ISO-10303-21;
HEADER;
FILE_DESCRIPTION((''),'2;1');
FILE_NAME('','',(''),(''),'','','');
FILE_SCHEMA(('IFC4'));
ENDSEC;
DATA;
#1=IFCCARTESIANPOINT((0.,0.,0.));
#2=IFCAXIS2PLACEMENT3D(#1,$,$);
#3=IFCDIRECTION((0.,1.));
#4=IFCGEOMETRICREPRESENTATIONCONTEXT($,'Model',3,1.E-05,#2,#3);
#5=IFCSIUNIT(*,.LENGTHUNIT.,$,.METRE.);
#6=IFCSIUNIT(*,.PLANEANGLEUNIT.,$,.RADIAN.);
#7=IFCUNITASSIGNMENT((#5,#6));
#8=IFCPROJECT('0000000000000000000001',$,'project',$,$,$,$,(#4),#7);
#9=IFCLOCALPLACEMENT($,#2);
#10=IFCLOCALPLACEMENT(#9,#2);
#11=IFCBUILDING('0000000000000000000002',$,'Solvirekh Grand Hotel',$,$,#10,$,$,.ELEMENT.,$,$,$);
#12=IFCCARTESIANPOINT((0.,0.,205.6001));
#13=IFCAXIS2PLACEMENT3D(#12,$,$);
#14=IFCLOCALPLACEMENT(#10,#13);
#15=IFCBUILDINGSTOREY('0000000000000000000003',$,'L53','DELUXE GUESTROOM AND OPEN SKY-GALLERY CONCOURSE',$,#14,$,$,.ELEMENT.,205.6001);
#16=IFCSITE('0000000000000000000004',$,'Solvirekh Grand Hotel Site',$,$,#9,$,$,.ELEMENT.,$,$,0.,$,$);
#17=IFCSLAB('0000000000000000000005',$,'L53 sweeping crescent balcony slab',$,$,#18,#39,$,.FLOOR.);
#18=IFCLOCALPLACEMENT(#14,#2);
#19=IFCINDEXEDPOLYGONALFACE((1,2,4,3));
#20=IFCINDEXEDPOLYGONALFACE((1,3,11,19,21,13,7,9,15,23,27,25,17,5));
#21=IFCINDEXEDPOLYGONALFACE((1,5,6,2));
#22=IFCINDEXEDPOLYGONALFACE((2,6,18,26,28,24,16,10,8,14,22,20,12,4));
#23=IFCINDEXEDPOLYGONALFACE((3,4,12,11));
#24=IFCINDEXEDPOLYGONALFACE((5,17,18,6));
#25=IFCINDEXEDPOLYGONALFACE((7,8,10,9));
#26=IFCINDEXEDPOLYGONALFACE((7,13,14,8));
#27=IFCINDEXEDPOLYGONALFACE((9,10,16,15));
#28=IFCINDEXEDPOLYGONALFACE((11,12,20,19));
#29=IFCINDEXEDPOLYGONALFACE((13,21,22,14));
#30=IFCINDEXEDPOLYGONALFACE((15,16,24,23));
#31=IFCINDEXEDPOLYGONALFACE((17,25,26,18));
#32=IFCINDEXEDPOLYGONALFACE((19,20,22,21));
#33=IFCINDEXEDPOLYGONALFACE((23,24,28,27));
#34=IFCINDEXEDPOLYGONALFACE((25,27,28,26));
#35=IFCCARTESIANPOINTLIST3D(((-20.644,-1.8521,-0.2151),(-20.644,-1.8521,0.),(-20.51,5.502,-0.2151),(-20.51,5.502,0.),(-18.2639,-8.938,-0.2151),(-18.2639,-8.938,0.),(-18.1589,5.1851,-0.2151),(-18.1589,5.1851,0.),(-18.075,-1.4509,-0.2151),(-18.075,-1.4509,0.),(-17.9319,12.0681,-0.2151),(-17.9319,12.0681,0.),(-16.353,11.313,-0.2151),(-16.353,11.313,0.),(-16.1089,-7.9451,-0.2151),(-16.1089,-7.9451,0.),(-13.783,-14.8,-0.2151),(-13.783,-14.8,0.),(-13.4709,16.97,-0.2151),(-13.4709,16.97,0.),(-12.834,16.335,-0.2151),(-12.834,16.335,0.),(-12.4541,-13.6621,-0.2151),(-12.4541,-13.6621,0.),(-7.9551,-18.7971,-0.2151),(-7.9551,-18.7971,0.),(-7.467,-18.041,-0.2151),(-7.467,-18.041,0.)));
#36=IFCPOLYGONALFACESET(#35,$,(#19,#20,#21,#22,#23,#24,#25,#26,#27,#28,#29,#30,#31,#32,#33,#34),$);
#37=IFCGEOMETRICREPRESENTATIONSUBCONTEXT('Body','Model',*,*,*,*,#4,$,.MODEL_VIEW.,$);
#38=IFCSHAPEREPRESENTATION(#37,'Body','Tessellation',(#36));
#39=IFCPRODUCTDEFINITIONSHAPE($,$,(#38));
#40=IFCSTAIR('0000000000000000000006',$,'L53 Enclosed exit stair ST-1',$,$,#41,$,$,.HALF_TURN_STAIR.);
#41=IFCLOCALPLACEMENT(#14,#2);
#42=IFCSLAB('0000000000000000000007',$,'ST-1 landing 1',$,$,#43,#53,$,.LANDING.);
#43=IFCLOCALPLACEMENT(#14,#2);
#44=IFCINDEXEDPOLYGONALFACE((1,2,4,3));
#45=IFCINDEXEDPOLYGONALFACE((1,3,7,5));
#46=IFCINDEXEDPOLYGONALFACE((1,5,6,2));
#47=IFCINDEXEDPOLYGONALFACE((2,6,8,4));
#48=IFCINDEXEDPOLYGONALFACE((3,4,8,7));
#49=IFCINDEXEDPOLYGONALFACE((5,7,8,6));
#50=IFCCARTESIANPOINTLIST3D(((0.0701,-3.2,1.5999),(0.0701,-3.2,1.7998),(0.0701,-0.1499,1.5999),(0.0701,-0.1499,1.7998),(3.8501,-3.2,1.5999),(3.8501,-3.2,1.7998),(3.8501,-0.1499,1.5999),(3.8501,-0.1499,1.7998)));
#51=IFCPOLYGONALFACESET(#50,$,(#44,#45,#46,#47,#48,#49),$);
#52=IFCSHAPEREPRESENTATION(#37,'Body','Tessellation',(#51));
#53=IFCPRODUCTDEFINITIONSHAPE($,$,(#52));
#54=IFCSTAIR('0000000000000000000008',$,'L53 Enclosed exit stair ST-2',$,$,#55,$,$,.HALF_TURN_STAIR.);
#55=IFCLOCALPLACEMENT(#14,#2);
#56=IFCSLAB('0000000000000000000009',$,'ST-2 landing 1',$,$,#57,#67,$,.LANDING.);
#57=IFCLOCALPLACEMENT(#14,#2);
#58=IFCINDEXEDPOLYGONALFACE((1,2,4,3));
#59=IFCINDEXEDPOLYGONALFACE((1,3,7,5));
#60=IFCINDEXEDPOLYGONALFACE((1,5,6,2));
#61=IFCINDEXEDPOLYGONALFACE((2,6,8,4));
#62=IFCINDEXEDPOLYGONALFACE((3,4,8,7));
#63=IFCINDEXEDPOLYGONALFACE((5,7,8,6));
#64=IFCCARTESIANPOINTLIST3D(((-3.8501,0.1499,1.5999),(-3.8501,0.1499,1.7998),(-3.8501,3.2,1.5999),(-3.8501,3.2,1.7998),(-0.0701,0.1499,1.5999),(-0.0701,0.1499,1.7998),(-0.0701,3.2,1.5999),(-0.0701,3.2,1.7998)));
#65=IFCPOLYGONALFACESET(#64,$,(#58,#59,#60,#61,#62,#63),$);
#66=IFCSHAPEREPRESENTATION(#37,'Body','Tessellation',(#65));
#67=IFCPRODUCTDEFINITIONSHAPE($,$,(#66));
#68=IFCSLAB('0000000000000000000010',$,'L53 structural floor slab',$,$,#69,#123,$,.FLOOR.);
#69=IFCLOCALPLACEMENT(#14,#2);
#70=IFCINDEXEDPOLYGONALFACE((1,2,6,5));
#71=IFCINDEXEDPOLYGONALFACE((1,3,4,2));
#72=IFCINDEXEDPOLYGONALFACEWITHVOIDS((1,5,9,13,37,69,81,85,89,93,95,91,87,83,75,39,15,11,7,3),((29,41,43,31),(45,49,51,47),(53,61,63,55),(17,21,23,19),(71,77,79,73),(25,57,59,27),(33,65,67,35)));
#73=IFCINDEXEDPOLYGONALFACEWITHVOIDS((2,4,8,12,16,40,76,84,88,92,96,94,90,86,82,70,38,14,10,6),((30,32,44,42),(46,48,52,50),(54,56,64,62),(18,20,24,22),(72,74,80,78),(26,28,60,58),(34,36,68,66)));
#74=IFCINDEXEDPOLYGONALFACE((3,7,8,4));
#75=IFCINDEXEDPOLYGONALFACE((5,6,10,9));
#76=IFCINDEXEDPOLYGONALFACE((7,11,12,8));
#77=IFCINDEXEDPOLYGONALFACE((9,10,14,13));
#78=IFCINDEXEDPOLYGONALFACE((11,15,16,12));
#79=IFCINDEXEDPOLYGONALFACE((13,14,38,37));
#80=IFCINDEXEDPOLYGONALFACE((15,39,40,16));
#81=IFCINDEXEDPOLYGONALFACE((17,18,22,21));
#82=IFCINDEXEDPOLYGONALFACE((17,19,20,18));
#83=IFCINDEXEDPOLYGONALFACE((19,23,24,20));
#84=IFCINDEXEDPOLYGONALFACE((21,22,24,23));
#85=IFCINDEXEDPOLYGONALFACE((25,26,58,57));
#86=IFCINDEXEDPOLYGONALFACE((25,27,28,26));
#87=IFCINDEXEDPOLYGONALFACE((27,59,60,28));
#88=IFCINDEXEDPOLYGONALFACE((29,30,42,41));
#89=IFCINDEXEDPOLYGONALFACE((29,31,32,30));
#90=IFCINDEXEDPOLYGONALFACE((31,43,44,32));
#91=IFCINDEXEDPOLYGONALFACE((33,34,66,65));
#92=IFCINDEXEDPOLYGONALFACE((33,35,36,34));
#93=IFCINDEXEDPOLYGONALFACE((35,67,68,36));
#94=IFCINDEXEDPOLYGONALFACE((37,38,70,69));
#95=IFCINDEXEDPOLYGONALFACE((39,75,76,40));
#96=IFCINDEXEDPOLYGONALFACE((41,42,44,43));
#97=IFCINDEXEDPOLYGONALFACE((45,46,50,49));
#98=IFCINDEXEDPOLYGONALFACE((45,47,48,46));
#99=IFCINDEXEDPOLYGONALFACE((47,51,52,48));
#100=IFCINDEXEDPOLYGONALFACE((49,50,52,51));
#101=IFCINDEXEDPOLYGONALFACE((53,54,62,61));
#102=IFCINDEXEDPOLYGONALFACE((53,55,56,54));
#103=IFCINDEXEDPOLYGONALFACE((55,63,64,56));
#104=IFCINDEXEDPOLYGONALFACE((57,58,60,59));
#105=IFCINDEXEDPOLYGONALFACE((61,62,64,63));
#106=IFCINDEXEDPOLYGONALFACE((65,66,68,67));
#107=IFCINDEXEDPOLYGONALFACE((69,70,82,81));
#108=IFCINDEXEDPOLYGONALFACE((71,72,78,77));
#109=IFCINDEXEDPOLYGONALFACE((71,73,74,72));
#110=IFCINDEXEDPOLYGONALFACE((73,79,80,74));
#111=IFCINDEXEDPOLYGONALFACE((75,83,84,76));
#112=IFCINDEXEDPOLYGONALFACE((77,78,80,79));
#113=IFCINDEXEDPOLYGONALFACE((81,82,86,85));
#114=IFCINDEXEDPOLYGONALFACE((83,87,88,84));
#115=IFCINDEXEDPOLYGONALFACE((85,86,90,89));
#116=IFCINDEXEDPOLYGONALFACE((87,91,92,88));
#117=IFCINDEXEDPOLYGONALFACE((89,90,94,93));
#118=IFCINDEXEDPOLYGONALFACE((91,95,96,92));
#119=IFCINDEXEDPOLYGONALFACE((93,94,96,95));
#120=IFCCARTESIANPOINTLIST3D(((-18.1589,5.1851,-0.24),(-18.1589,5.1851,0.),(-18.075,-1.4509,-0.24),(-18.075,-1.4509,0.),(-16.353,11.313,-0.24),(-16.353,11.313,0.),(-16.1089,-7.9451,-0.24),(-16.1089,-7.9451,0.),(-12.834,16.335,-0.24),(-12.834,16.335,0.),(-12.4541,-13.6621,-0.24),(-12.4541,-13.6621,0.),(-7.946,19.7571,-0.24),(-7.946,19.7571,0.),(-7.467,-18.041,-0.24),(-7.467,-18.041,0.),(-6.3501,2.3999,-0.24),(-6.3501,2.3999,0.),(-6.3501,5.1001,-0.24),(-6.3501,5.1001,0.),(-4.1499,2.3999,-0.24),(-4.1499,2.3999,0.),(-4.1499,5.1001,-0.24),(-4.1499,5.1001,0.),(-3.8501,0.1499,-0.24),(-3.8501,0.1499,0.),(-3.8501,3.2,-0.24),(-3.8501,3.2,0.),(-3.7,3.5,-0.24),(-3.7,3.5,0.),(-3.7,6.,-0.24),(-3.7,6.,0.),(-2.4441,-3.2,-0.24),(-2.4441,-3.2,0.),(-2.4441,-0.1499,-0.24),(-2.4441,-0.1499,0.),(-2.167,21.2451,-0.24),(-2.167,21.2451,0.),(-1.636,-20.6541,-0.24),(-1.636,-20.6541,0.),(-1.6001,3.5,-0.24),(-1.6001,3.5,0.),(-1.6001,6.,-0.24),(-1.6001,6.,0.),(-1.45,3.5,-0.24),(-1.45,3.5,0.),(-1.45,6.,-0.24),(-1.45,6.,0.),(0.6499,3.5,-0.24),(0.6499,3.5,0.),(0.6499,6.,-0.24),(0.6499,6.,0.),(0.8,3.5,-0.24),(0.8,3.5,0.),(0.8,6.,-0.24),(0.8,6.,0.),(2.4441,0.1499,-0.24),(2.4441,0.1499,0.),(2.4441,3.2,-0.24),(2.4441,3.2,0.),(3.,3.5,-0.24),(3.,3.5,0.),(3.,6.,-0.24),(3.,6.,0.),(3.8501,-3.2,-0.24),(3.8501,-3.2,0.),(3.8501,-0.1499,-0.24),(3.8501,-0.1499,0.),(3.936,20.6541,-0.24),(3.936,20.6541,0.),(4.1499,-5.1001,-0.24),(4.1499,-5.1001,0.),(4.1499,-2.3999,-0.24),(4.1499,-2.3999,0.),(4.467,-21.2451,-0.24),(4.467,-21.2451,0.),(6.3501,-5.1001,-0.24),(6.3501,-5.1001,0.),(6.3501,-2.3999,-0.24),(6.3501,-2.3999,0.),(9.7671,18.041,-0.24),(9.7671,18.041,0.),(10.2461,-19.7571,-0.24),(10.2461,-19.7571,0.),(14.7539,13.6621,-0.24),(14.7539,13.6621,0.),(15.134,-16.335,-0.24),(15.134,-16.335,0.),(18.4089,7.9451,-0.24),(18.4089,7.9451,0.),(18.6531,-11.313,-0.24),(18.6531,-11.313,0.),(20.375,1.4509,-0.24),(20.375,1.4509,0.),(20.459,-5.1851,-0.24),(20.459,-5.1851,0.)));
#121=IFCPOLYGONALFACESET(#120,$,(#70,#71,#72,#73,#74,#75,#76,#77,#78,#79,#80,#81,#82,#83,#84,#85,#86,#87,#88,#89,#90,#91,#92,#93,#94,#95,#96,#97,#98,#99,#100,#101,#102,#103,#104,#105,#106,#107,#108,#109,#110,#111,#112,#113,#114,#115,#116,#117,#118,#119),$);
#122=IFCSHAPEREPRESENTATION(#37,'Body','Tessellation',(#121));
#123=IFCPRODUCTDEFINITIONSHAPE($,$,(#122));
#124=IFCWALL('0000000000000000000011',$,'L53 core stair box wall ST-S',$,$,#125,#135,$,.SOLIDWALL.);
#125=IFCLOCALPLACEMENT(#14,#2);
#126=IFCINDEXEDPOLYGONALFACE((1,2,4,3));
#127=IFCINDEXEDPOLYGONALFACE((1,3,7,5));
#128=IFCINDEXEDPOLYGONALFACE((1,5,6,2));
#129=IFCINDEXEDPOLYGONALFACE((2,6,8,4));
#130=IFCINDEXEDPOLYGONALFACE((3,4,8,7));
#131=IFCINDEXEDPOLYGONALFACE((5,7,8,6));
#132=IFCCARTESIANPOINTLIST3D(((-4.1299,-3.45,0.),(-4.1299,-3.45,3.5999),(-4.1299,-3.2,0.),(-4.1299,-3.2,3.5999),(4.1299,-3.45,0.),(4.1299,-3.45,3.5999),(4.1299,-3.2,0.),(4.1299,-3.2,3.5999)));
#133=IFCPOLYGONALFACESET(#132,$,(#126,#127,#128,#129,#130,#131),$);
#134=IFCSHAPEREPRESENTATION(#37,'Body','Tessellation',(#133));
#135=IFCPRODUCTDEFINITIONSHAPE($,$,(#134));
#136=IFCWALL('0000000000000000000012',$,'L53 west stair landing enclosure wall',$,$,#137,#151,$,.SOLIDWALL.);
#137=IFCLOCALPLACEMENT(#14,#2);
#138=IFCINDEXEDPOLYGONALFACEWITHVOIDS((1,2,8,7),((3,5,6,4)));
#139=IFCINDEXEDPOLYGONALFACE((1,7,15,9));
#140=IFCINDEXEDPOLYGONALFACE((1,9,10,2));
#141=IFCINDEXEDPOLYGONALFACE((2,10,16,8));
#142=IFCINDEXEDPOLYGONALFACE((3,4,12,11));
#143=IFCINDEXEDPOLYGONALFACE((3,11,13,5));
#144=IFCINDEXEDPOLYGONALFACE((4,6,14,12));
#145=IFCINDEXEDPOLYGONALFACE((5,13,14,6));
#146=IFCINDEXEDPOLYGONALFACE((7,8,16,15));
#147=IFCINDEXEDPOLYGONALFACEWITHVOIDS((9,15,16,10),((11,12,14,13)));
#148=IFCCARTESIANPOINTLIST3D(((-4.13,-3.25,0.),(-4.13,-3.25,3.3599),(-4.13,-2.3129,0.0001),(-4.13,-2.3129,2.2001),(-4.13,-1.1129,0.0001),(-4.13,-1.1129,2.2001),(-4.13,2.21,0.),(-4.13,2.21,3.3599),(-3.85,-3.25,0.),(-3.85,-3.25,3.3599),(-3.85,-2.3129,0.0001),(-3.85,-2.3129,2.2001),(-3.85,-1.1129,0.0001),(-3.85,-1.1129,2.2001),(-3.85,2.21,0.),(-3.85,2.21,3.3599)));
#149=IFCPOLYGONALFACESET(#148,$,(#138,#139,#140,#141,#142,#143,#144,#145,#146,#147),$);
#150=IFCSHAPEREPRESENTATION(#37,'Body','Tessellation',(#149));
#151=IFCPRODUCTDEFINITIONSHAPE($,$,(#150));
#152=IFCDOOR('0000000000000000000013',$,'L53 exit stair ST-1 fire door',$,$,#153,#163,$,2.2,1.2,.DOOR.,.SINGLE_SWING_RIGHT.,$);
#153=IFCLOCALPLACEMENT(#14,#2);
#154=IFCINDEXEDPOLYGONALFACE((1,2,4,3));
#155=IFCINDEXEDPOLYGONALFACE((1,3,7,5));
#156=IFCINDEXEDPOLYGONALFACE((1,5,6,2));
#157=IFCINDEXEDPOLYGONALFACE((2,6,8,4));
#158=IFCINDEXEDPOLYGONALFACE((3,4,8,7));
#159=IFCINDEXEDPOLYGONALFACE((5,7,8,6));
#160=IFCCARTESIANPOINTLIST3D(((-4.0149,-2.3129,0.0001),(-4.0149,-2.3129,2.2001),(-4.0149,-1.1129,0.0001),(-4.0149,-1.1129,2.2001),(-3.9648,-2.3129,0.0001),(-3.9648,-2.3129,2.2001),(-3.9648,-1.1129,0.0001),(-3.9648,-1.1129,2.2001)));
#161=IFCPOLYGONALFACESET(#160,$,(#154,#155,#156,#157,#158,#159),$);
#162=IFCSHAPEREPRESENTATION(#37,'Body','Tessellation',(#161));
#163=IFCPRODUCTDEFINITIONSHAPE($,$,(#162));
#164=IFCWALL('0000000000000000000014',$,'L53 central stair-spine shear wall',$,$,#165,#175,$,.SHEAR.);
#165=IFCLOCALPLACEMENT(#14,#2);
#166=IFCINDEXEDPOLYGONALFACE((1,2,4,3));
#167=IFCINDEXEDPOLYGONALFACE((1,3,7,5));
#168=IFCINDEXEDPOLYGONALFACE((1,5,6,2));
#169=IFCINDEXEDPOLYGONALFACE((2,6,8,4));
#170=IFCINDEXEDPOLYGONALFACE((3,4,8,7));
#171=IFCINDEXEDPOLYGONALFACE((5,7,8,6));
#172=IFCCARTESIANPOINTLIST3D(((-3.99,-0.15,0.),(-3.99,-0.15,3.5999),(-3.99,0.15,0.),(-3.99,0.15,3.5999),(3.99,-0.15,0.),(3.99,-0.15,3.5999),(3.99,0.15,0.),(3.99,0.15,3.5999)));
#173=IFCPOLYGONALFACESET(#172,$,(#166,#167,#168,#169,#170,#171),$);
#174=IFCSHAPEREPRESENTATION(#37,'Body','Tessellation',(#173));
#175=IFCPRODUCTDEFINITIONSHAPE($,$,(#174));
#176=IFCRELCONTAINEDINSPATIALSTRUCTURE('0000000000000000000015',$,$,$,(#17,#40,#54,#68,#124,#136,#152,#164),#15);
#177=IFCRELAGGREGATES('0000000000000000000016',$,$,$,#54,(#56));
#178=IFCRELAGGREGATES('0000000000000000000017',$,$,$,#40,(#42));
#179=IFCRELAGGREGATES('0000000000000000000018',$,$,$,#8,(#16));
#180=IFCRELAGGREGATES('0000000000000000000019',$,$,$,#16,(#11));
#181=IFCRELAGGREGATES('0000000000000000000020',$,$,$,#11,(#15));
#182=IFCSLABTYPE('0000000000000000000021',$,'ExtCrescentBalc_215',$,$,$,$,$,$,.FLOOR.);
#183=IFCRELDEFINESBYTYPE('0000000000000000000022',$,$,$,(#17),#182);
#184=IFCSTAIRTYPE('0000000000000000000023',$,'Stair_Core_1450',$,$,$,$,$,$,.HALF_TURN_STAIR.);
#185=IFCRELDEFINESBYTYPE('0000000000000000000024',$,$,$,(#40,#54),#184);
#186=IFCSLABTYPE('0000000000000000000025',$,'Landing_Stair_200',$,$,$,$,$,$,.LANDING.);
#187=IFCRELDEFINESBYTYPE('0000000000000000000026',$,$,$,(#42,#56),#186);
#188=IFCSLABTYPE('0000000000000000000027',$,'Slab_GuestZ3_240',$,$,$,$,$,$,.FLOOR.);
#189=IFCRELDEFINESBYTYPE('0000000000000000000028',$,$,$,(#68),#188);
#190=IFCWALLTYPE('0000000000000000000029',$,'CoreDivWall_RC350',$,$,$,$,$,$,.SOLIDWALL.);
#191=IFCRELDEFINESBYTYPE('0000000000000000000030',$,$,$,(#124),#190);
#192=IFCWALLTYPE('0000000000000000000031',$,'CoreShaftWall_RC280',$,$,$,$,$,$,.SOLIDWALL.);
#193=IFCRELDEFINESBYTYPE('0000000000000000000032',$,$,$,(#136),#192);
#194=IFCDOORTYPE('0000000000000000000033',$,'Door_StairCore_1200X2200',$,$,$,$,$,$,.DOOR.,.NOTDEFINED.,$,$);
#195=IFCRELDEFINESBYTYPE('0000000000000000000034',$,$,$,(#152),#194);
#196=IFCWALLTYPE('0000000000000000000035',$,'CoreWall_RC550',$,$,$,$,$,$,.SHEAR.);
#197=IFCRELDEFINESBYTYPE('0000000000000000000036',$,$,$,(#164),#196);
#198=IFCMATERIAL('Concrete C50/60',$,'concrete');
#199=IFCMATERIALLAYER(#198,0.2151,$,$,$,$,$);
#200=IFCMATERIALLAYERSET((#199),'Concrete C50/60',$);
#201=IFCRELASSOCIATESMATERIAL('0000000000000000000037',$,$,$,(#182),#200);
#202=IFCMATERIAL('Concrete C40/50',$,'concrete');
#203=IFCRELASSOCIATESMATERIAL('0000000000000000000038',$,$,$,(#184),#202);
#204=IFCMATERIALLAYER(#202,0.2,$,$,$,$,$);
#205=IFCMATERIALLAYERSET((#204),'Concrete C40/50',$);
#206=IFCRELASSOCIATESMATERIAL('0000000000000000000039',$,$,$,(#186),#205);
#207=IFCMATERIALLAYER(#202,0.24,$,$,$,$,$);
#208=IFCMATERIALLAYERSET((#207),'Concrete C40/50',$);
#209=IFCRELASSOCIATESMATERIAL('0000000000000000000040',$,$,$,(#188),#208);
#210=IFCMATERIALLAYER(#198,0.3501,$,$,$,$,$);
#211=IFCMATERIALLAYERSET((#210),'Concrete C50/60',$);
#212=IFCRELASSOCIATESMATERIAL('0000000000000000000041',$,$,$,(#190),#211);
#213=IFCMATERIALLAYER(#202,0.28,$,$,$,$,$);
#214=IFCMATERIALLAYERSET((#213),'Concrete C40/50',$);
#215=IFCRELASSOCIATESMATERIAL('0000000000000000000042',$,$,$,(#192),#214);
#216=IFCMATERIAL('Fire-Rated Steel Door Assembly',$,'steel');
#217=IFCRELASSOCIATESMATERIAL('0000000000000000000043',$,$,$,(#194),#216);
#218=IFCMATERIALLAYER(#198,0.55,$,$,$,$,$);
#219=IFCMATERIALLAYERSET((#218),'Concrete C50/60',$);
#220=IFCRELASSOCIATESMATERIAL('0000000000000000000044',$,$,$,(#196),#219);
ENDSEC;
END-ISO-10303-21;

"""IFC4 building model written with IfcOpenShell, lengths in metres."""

from ifc_helpers import new_model, si_unit, direction, frame, frame_2d, origin, place, context, subcontext, project, spatial, polyline, rectangle, outline, extrude, material, layer, layer_set, type_object, element, fill, aggregate, save


model = new_model("IFC4")

# Units and contexts
model_context = context("Model", 3, precision=1e-05, world=origin(), true_north=direction((0.0, 1.0)))
body_context = subcontext(model_context, "Body", "Model", "MODEL_VIEW")
ifc_project = project(units=[si_unit("LENGTHUNIT", "METRE"), si_unit("PLANEANGLEUNIT", "RADIAN")], contexts=[model_context])

# Site, building, storey
site_placement = place(None, origin())
site = spatial("IfcSite", under=ifc_project, at=site_placement, Name="Solvirekh Grand Hotel Site", CompositionType="ELEMENT", RefElevation=0.0)
building_placement = place(site_placement, origin())
building = spatial("IfcBuilding", under=site, at=building_placement, Name="Solvirekh Grand Hotel", CompositionType="ELEMENT")
storey_placement = place(building_placement, frame((0.0, 0.0, 205.6001)))
storey = spatial("IfcBuildingStorey", under=building, at=storey_placement, Name="L53", Description="DELUXE GUESTROOM AND OPEN SKY-GALLERY CONCOURSE", CompositionType="ELEMENT", Elevation=205.6001)

# Slab
ifc_material_1 = material(Name="Concrete C50/60", Category="concrete")
ifc_layer_1 = layer(ifc_material_1, 0.2151)
ifc_layer_set_1 = layer_set([ifc_layer_1], Name="Concrete C50/60")
slab_type_1 = type_object("IfcSlabType", Name="ExtCrescentBalc_215", PredefinedType="FLOOR", material=ifc_layer_set_1)
slab_1_placement = place(storey_placement, frame((0.0, 0.0, -0.2151)))
element("IfcSlab", 1, at=slab_1_placement, inside=storey, type_object=slab_type_1, Name="L53 sweeping crescent balcony slab", PredefinedType="FLOOR", context=body_context, shape_type="SweptSolid", body=[
    extrude(outline(polyline([(-13.4709, 16.97), (-17.9319, 12.0681), (-20.51, 5.502), (-20.644, -1.8521), (-18.2639, -8.938), (-13.783, -14.8), (-7.9551, -18.7971), (-7.467, -18.041), (-12.4541, -13.6621), (-16.1089, -7.9451), (-18.075, -1.4509), (-18.1589, 5.1851), (-16.353, 11.313), (-12.834, 16.335), (-13.4709, 16.97)])), origin(), (0.0, 0.0, 1.0), 0.2151),
])

# Stairs, slabs
ifc_material_2 = material(Name="Concrete C40/50", Category="concrete")
stair_type = type_object("IfcStairType", Name="Stair_Core_1450", PredefinedType="HALF_TURN_STAIR", material=ifc_material_2)
stair_1_placement = place(storey_placement, origin())
stair_1 = element("IfcStair", 2, at=stair_1_placement, inside=storey, type_object=stair_type, Name="L53 Enclosed exit stair ST-1", PredefinedType="HALF_TURN_STAIR")
ifc_layer_2 = layer(ifc_material_2, 0.2)
ifc_layer_set_2 = layer_set([ifc_layer_2], Name="Concrete C40/50")
slab_type_2 = type_object("IfcSlabType", Name="Landing_Stair_200", PredefinedType="LANDING", material=ifc_layer_set_2)
slab_2_placement = place(storey_placement, frame((0.0, 0.0, 1.5999)))
slab_2 = element("IfcSlab", 3, at=slab_2_placement, type_object=slab_type_2, Name="ST-1 landing 1", PredefinedType="LANDING", context=body_context, shape_type="SweptSolid", body=[
    extrude(outline(polyline([(0.0701, -3.2), (3.8501, -3.2), (3.8501, -0.1499), (0.0701, -0.1499), (0.0701, -3.2)])), origin(), (0.0, 0.0, 1.0), 0.2),
])
stair_2_placement = place(storey_placement, origin())
stair_2 = element("IfcStair", 4, at=stair_2_placement, inside=storey, type_object=stair_type, Name="L53 Enclosed exit stair ST-2", PredefinedType="HALF_TURN_STAIR")
slab_3_placement = place(storey_placement, frame((0.0, 0.0, 1.5999)))
slab_3 = element("IfcSlab", 5, at=slab_3_placement, type_object=slab_type_2, Name="ST-2 landing 1", PredefinedType="LANDING", context=body_context, shape_type="SweptSolid", body=[
    extrude(outline(polyline([(-0.0701, 3.2), (-3.8501, 3.2), (-3.8501, 0.1499), (-0.0701, 0.1499), (-0.0701, 3.2)])), origin(), (0.0, 0.0, 1.0), 0.2),
])
aggregate(stair_2, [slab_3])

# Slab
ifc_layer_3 = layer(ifc_material_2, 0.24)
ifc_layer_set_3 = layer_set([ifc_layer_3], Name="Concrete C40/50")
slab_type_3 = type_object("IfcSlabType", Name="Slab_GuestZ3_240", PredefinedType="FLOOR", material=ifc_layer_set_3)
slab_4_placement = place(storey_placement, frame((0.0, 0.0, -0.24)))
element("IfcSlab", 6, at=slab_4_placement, inside=storey, type_object=slab_type_3, Name="L53 structural floor slab", PredefinedType="FLOOR", context=body_context, shape_type="SweptSolid", body=[
    extrude(outline(polyline([(10.2461, -19.7571), (15.134, -16.335), (18.6531, -11.313), (20.459, -5.1851), (20.375, 1.4509), (18.4089, 7.9451), (14.7539, 13.6621), (9.7671, 18.041), (3.936, 20.6541), (-2.167, 21.2451), (-7.946, 19.7571), (-12.834, 16.335), (-16.353, 11.313), (-18.1589, 5.1851), (-18.075, -1.4509), (-16.1089, -7.9451), (-12.4541, -13.6621), (-7.467, -18.041), (-1.636, -20.6541), (4.467, -21.2451), (10.2461, -19.7571)]), holes=[polyline([(-2.4441, -0.1499), (3.8501, -0.1499), (3.8501, -3.2), (-2.4441, -3.2), (-2.4441, -0.1499)]), polyline([(2.4441, 0.1499), (-3.8501, 0.1499), (-3.8501, 3.2), (2.4441, 3.2), (2.4441, 0.1499)]), polyline([(-3.7, 6.0), (-1.6001, 6.0), (-1.6001, 3.5), (-3.7, 3.5), (-3.7, 6.0)]), polyline([(-1.45, 6.0), (0.6499, 6.0), (0.6499, 3.5), (-1.45, 3.5), (-1.45, 6.0)]), polyline([(0.8, 6.0), (3.0, 6.0), (3.0, 3.5), (0.8, 3.5), (0.8, 6.0)]), polyline([(-6.3501, 5.1001), (-4.1499, 5.1001), (-4.1499, 2.3999), (-6.3501, 2.3999), (-6.3501, 5.1001)]), polyline([(4.1499, -2.3999), (6.3501, -2.3999), (6.3501, -5.1001), (4.1499, -5.1001), (4.1499, -2.3999)])]), origin(), (0.0, 0.0, 1.0), 0.24),
])

# Wall
ifc_layer_4 = layer(ifc_material_1, 0.3501)
ifc_layer_set_4 = layer_set([ifc_layer_4], Name="Concrete C50/60")
wall_type_1 = type_object("IfcWallType", Name="CoreDivWall_RC350", PredefinedType="SOLIDWALL", material=ifc_layer_set_4)
wall_1_placement = place(storey_placement, frame((-4.1299, -3.325, 0.0), z_axis=(0.0, 0.0, 1.0), x_axis=(1.0, 0.0, 0.0)))
element("IfcWall", 7, at=wall_1_placement, inside=storey, type_object=wall_type_1, Name="L53 core stair box wall ST-S", PredefinedType="SOLIDWALL", context=body_context, shape_type="SweptSolid", body=[
    extrude(rectangle(XDim=8.2598, YDim=0.25, at=frame_2d((4.1299, 0.0))), origin(), (0.0, 0.0, 1.0), 3.5999),
])

# Wall, opening, door
ifc_layer_5 = layer(ifc_material_2, 0.28)
ifc_layer_set_5 = layer_set([ifc_layer_5], Name="Concrete C40/50")
wall_type_2 = type_object("IfcWallType", Name="CoreShaftWall_RC280", PredefinedType="SOLIDWALL", material=ifc_layer_set_5)
wall_2_placement = place(storey_placement, frame((-3.99, -3.25, 0.0), z_axis=(0.0, 0.0, 1.0), x_axis=(0.0, 1.0, 0.0)))
wall_2 = element("IfcWall", 8, at=wall_2_placement, inside=storey, type_object=wall_type_2, Name="L53 west stair landing enclosure wall", PredefinedType="SOLIDWALL", context=body_context, shape_type="SweptSolid", body=[
    extrude(rectangle(XDim=5.46, YDim=0.28, at=frame_2d((2.73, 0.0))), origin(), (0.0, 0.0, 1.0), 3.3599),
])
opening_placement = place(wall_2_placement, frame((0.937, 0.0, 0.0)))
opening = element("IfcOpeningElement", 9, at=opening_placement, cuts=wall_2, PredefinedType="OPENING", context=body_context, shape_type="SweptSolid", body=[
    extrude(rectangle(XDim=1.2, YDim=2.2, at=frame_2d((0.6001, 1.1001))), frame((0.0, 0.1499, 0.0), z_axis=(0.0, -1.0, 0.0), x_axis=(1.0, 0.0, 0.0)), (0.0, 0.0, 1.0), 0.3),
])
ifc_material_3 = material(Name="Fire-Rated Steel Door Assembly", Category="steel")
door_type = type_object("IfcDoorType", Name="Door_StairCore_1200X2200", OperationType="NOTDEFINED", PredefinedType="DOOR", material=ifc_material_3)
door_placement = place(opening_placement, origin())
door = element("IfcDoor", 10, at=door_placement, inside=storey, type_object=door_type, Name="L53 exit stair ST-1 fire door", OperationType="SINGLE_SWING_RIGHT", OverallHeight=2.2, OverallWidth=1.2, PredefinedType="DOOR", context=body_context, shape_type="SweptSolid", body=[
    extrude(rectangle(XDim=1.2, YDim=2.2, at=frame_2d((0.6001, 1.1001))), frame((0.0, 0.0249, 0.0), z_axis=(0.0, -1.0, 0.0), x_axis=(1.0, 0.0, 0.0)), (0.0, 0.0, 1.0), 0.05),
])
fill(opening, door)

# Wall
ifc_layer_6 = layer(ifc_material_1, 0.55)
ifc_layer_set_6 = layer_set([ifc_layer_6], Name="Concrete C50/60")
wall_type_3 = type_object("IfcWallType", Name="CoreWall_RC550", PredefinedType="SHEAR", material=ifc_layer_set_6)
wall_3_placement = place(storey_placement, frame((-3.99, 0.0, 0.0), z_axis=(0.0, 0.0, 1.0), x_axis=(1.0, 0.0, 0.0)))
element("IfcWall", 11, at=wall_3_placement, inside=storey, type_object=wall_type_3, Name="L53 central stair-spine shear wall", PredefinedType="SHEAR", context=body_context, shape_type="SweptSolid", body=[
    extrude(rectangle(XDim=7.98, YDim=0.3, at=frame_2d((3.99, 0.0))), origin(), (0.0, 0.0, 1.0), 3.5999),
])

aggregate(stair_1, [slab_2])

save(model, "model.ifc")
